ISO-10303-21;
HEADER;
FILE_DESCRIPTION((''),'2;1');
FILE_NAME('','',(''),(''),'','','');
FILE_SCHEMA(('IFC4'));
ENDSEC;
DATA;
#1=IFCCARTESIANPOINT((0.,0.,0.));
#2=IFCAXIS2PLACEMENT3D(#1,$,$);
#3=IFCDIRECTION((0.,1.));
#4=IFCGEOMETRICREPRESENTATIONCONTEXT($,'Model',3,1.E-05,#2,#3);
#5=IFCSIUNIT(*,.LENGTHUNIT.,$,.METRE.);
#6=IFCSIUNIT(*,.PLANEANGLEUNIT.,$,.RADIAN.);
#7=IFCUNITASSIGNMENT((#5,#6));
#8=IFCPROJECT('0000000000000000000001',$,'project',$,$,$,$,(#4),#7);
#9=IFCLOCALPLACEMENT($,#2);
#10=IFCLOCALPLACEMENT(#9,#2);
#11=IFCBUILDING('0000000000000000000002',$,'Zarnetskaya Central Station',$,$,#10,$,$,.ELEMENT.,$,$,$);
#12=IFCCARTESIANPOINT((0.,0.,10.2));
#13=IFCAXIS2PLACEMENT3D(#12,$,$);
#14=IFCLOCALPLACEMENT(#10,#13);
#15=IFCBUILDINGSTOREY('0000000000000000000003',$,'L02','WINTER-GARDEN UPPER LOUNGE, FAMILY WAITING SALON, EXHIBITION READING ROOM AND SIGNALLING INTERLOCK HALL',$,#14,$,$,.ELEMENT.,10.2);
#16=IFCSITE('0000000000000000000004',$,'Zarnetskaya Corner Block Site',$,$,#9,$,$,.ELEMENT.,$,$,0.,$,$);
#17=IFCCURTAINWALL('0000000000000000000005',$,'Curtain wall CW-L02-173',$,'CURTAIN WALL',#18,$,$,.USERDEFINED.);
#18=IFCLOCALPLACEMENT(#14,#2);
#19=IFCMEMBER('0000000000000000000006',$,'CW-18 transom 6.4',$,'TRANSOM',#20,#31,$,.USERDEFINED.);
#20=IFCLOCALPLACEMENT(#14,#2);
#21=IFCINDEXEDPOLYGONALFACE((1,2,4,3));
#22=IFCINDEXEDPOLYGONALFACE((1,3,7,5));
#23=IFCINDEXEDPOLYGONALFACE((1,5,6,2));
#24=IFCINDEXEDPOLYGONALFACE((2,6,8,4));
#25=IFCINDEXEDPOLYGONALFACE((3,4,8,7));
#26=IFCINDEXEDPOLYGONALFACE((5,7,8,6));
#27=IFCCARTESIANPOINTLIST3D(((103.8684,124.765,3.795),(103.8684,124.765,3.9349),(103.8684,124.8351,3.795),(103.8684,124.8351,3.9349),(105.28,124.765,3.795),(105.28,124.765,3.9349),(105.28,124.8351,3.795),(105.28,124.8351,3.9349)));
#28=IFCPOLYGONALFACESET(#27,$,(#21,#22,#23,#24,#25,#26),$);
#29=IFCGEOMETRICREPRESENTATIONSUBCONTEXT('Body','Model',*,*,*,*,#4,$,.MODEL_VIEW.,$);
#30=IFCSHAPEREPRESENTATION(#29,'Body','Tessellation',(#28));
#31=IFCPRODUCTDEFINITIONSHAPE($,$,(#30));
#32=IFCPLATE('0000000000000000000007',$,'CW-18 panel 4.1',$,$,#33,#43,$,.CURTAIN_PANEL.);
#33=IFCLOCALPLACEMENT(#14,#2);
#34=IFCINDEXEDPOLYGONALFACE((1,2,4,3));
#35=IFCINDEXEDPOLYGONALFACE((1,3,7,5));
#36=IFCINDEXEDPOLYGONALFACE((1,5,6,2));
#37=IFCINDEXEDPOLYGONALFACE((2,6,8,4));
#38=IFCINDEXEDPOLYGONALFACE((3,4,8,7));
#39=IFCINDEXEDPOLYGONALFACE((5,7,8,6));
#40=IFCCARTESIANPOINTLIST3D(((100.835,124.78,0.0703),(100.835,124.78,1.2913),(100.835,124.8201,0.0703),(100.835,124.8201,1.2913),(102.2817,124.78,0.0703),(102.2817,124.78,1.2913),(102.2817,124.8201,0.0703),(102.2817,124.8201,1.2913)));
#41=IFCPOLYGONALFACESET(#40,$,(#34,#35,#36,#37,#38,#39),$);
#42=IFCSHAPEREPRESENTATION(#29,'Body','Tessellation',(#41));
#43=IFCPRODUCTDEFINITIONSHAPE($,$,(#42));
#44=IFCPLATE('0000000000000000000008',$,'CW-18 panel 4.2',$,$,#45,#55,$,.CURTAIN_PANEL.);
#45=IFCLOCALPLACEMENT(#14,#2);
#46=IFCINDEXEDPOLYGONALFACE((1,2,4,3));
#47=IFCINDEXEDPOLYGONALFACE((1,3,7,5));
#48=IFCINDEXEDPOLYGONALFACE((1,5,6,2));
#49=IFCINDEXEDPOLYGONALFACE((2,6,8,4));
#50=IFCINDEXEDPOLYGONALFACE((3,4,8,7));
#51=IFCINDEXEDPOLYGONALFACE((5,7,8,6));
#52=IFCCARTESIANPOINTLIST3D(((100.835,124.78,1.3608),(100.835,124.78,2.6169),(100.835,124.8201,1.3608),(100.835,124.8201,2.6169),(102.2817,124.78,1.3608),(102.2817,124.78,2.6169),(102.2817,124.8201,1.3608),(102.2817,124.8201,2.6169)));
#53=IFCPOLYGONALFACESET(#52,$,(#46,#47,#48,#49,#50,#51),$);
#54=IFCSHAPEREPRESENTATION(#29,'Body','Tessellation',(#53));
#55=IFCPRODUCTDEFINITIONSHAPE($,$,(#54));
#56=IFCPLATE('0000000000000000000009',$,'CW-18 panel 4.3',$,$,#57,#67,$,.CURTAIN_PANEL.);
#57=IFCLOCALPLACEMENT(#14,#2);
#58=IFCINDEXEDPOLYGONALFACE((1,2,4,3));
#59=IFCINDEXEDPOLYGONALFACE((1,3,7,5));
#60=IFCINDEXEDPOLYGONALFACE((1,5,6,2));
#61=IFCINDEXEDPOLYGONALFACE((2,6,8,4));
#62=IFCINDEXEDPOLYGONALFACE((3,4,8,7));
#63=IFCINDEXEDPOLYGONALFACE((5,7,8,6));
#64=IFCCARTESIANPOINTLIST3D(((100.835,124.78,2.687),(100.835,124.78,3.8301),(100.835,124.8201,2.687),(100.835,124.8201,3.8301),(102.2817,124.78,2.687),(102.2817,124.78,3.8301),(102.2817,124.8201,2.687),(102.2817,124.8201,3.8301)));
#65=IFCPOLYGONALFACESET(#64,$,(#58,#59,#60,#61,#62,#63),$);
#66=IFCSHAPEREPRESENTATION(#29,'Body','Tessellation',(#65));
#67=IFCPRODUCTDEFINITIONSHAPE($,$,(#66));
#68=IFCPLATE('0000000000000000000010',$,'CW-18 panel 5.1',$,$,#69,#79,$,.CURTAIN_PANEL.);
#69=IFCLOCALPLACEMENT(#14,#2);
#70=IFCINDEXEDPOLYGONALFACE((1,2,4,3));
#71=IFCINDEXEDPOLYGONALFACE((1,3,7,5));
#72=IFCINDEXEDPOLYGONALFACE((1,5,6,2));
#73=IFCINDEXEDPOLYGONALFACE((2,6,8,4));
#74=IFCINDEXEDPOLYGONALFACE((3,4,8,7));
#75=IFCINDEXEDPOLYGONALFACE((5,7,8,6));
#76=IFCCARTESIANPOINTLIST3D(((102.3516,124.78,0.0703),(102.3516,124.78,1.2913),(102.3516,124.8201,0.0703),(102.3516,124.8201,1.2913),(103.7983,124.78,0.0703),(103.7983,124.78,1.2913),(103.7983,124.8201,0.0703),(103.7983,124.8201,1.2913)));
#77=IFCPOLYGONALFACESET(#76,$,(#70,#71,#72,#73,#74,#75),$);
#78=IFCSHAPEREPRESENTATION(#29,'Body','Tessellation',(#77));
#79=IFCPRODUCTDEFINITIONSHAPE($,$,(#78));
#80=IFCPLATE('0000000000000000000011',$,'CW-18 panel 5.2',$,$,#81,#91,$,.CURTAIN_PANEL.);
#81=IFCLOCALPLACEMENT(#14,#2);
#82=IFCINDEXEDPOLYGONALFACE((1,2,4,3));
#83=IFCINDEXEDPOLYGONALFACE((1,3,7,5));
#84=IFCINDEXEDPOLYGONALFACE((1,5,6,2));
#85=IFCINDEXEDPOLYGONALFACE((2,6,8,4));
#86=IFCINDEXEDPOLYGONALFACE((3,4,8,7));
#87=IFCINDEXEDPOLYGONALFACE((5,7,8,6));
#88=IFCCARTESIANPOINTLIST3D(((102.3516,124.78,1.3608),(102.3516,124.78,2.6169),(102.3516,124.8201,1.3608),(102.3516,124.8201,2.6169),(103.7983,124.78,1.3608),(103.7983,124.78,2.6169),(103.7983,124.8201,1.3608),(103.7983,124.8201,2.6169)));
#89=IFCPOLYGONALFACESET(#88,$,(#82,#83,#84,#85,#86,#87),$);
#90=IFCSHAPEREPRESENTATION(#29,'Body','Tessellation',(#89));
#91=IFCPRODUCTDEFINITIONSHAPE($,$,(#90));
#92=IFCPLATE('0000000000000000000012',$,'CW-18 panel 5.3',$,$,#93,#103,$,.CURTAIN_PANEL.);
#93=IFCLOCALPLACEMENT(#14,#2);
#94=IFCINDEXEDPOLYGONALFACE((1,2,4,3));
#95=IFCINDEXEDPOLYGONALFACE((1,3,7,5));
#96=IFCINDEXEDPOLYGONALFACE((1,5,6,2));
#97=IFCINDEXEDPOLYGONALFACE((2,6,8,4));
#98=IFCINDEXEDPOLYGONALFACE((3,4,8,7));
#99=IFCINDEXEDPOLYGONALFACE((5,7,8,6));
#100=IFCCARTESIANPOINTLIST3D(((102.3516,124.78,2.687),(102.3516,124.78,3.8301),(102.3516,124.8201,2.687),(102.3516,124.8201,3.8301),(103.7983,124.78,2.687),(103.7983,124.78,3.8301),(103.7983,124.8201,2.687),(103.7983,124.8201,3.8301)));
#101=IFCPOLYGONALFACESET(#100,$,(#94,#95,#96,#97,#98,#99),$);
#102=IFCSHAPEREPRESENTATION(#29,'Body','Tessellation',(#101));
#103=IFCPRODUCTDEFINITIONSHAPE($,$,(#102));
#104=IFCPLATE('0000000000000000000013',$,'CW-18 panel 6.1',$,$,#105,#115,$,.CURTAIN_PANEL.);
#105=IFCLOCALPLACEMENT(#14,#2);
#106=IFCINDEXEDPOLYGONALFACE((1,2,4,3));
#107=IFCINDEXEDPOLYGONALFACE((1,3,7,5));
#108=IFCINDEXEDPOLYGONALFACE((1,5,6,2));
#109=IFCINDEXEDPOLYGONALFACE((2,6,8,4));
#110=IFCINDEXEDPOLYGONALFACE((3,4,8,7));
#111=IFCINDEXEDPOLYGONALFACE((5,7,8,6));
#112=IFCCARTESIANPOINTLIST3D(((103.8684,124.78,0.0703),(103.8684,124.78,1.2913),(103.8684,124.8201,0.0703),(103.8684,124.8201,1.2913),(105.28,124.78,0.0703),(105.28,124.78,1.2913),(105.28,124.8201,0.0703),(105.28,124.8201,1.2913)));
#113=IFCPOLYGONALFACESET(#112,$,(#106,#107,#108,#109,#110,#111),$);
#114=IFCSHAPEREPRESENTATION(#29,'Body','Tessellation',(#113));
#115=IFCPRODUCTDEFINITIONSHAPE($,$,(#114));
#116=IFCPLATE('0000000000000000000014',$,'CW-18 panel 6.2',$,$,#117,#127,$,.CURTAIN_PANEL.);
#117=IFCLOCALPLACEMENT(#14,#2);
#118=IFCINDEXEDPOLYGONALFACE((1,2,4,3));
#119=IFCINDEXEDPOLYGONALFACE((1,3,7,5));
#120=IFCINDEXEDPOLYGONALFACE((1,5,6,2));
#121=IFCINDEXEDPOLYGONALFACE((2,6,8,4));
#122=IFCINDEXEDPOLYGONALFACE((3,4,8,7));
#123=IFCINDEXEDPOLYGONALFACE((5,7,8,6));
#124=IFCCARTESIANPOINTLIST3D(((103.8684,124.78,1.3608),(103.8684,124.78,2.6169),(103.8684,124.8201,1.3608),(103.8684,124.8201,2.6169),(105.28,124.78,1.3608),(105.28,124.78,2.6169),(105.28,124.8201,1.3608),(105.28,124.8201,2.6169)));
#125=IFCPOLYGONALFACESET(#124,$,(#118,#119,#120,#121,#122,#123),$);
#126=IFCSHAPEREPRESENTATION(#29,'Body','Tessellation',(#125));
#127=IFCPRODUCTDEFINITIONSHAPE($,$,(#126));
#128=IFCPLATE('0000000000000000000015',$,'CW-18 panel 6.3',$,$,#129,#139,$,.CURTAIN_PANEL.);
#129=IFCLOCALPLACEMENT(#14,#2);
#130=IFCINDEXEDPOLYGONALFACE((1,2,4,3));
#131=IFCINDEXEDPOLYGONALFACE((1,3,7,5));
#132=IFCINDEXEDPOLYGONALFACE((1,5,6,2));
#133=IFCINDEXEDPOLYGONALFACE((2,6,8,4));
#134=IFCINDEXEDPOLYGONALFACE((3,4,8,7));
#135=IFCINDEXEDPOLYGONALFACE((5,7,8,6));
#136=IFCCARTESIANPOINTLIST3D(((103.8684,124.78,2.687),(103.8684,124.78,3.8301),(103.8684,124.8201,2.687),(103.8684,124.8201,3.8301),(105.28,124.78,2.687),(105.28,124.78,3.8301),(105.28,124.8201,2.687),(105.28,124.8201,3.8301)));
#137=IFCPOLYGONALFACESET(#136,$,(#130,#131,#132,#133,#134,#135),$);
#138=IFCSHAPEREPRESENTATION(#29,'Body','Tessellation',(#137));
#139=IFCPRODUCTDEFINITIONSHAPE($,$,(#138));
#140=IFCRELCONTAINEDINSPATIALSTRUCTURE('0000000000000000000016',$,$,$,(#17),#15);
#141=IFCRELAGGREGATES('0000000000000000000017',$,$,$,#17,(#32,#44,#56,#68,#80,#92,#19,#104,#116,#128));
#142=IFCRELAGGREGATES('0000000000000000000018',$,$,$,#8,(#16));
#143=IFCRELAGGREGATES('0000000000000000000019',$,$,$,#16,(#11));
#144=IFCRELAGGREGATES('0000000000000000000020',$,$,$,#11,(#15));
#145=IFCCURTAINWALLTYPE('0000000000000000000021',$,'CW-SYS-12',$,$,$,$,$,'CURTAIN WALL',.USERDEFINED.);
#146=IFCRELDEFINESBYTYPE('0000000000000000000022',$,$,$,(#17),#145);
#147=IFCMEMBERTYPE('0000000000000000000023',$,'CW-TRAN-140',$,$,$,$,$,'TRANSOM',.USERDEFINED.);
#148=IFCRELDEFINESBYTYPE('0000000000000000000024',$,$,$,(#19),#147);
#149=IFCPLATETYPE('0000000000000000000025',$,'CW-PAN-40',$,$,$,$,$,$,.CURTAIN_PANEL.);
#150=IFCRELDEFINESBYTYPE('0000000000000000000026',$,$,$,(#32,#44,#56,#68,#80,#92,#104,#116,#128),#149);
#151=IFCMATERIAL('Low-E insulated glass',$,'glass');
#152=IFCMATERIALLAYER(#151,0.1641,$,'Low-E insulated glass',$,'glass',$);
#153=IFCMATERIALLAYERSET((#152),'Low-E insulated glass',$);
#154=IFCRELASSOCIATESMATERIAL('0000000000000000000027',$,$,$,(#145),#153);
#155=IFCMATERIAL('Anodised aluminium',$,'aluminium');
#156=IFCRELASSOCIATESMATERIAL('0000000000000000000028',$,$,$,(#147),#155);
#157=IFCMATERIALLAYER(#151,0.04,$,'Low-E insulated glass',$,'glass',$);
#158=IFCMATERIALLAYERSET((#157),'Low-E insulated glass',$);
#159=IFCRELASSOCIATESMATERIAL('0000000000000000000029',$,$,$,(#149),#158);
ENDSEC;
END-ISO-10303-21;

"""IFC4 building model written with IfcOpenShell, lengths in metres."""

from ifc_helpers import new_model, si_unit, direction, frame, origin, origin_2d, place, context, subcontext, project, spatial, rectangle, extrude, material, layer, layer_set, material_profile, profile_set, type_object, element, aggregate, save


model = new_model("IFC4")

# Units and contexts
model_context = context("Model", 3, precision=1e-05, world=origin(), true_north=direction((0.0, 1.0)))
body_context = subcontext(model_context, "Body", "Model", "MODEL_VIEW")
ifc_project = project(units=[si_unit("LENGTHUNIT", "METRE"), si_unit("PLANEANGLEUNIT", "RADIAN")], contexts=[model_context])

# Site, building, storey
site_placement = place(None, origin())
site = spatial("IfcSite", under=ifc_project, at=site_placement, Name="Zarnetskaya Corner Block Site", CompositionType="ELEMENT", RefElevation=0.0)
building_placement = place(site_placement, origin())
building = spatial("IfcBuilding", under=site, at=building_placement, Name="Zarnetskaya Central Station", CompositionType="ELEMENT")
storey_placement = place(building_placement, frame((0.0, 0.0, 10.2)))
storey = spatial("IfcBuildingStorey", under=building, at=storey_placement, Name="L02", Description="WINTER-GARDEN UPPER LOUNGE, FAMILY WAITING SALON, EXHIBITION READING ROOM AND SIGNALLING INTERLOCK HALL", CompositionType="ELEMENT", Elevation=10.2)

# Curtain wall, member, plates
ifc_material_1 = material(Name="Low-E insulated glass", Category="glass")
ifc_layer_1 = layer(ifc_material_1, 0.1641, Name="Low-E insulated glass", Category="glass")
ifc_layer_set_1 = layer_set([ifc_layer_1], Name="Low-E insulated glass")
curtain_wall_type = type_object("IfcCurtainWallType", Name="CW-SYS-12", ElementType="CURTAIN WALL", PredefinedType="USERDEFINED", material=ifc_layer_set_1)
curtain_wall_placement = place(storey_placement, origin())
curtain_wall = element("IfcCurtainWall", 1, at=curtain_wall_placement, inside=storey, type_object=curtain_wall_type, Name="Curtain wall CW-L02-173", ObjectType="CURTAIN WALL", PredefinedType="USERDEFINED")
ifc_material_2 = material(Name="Anodised aluminium", Category="aluminium")
ifc_material_profile_1 = material_profile(ifc_material_2, rectangle(XDim=0.0701, YDim=0.1399, at=origin_2d()), Name="ALU TRAN 70x140")
ifc_profile_set_1 = profile_set([ifc_material_profile_1], Name="Anodised aluminium")
member_type_1 = type_object("IfcMemberType", Name="CW-TRAN-140", ElementType="TRANSOM", PredefinedType="USERDEFINED", material=ifc_profile_set_1)
member_1_placement = place(storey_placement, frame((103.8684, 124.8, 3.865), z_axis=(1.0, 0.0, 0.0), x_axis=(0.0, 1.0, 0.0)))
member_1 = element("IfcMember", 2, at=member_1_placement, type_object=member_type_1, Name="CW-18 transom 6.4", ObjectType="TRANSOM", PredefinedType="USERDEFINED", context=body_context, shape_type="SweptSolid", body=[
    extrude(rectangle(XDim=0.0701, YDim=0.1399, at=origin_2d()), origin(), (0.0, 0.0, 1.0), 1.4116),
])
ifc_layer_2 = layer(ifc_material_1, 0.04, Name="Low-E insulated glass", Category="glass")
ifc_layer_set_2 = layer_set([ifc_layer_2], Name="Low-E insulated glass")
plate_type = type_object("IfcPlateType", Name="CW-PAN-40", PredefinedType="CURTAIN_PANEL", material=ifc_layer_set_2)
plate_1_placement = place(storey_placement, frame((101.5583, 124.8, 0.0703), z_axis=(0.0, 0.0, 1.0), x_axis=(1.0, 0.0, 0.0)))
plate_1 = element("IfcPlate", 3, at=plate_1_placement, type_object=plate_type, Name="CW-18 panel 4.1", PredefinedType="CURTAIN_PANEL", context=body_context, shape_type="SweptSolid", body=[
    extrude(rectangle(XDim=1.4468, YDim=0.04, at=origin_2d()), origin(), (0.0, 0.0, 1.0), 1.2209),
])
plate_2_placement = place(storey_placement, frame((101.5583, 124.8, 1.3608), z_axis=(0.0, 0.0, 1.0), x_axis=(1.0, 0.0, 0.0)))
plate_2 = element("IfcPlate", 4, at=plate_2_placement, type_object=plate_type, Name="CW-18 panel 4.2", PredefinedType="CURTAIN_PANEL", context=body_context, shape_type="SweptSolid", body=[
    extrude(rectangle(XDim=1.4468, YDim=0.04, at=origin_2d()), origin(), (0.0, 0.0, 1.0), 1.2561),
])
plate_3_placement = place(storey_placement, frame((101.5583, 124.8, 2.687), z_axis=(0.0, 0.0, 1.0), x_axis=(1.0, 0.0, 0.0)))
plate_3 = element("IfcPlate", 5, at=plate_3_placement, type_object=plate_type, Name="CW-18 panel 4.3", PredefinedType="CURTAIN_PANEL", context=body_context, shape_type="SweptSolid", body=[
    extrude(rectangle(XDim=1.4468, YDim=0.04, at=origin_2d()), origin(), (0.0, 0.0, 1.0), 1.1431),
])
plate_4_placement = place(storey_placement, frame((103.075, 124.8, 0.0703), z_axis=(0.0, 0.0, 1.0), x_axis=(1.0, 0.0, 0.0)))
plate_4 = element("IfcPlate", 6, at=plate_4_placement, type_object=plate_type, Name="CW-18 panel 5.1", PredefinedType="CURTAIN_PANEL", context=body_context, shape_type="SweptSolid", body=[
    extrude(rectangle(XDim=1.4468, YDim=0.04, at=origin_2d()), origin(), (0.0, 0.0, 1.0), 1.2209),
])
plate_5_placement = place(storey_placement, frame((103.075, 124.8, 1.3608), z_axis=(0.0, 0.0, 1.0), x_axis=(1.0, 0.0, 0.0)))
plate_5 = element("IfcPlate", 7, at=plate_5_placement, type_object=plate_type, Name="CW-18 panel 5.2", PredefinedType="CURTAIN_PANEL", context=body_context, shape_type="SweptSolid", body=[
    extrude(rectangle(XDim=1.4468, YDim=0.04, at=origin_2d()), origin(), (0.0, 0.0, 1.0), 1.2561),
])
plate_6_placement = place(storey_placement, frame((103.075, 124.8, 2.687), z_axis=(0.0, 0.0, 1.0), x_axis=(1.0, 0.0, 0.0)))
plate_6 = element("IfcPlate", 8, at=plate_6_placement, type_object=plate_type, Name="CW-18 panel 5.3", PredefinedType="CURTAIN_PANEL", context=body_context, shape_type="SweptSolid", body=[
    extrude(rectangle(XDim=1.4468, YDim=0.04, at=origin_2d()), origin(), (0.0, 0.0, 1.0), 1.1431),
])
plate_7_placement = place(storey_placement, frame((104.5742, 124.8, 0.0703), z_axis=(0.0, 0.0, 1.0), x_axis=(1.0, 0.0, 0.0)))
plate_7 = element("IfcPlate", 9, at=plate_7_placement, type_object=plate_type, Name="CW-18 panel 6.1", PredefinedType="CURTAIN_PANEL", context=body_context, shape_type="SweptSolid", body=[
    extrude(rectangle(XDim=1.4116, YDim=0.04, at=origin_2d()), origin(), (0.0, 0.0, 1.0), 1.2209),
])
plate_8_placement = place(storey_placement, frame((104.5742, 124.8, 1.3608), z_axis=(0.0, 0.0, 1.0), x_axis=(1.0, 0.0, 0.0)))
plate_8 = element("IfcPlate", 10, at=plate_8_placement, type_object=plate_type, Name="CW-18 panel 6.2", PredefinedType="CURTAIN_PANEL", context=body_context, shape_type="SweptSolid", body=[
    extrude(rectangle(XDim=1.4116, YDim=0.04, at=origin_2d()), origin(), (0.0, 0.0, 1.0), 1.2561),
])
plate_9_placement = place(storey_placement, frame((104.5742, 124.8, 2.687), z_axis=(0.0, 0.0, 1.0), x_axis=(1.0, 0.0, 0.0)))
plate_9 = element("IfcPlate", 11, at=plate_9_placement, type_object=plate_type, Name="CW-18 panel 6.3", PredefinedType="CURTAIN_PANEL", context=body_context, shape_type="SweptSolid", body=[
    extrude(rectangle(XDim=1.4116, YDim=0.04, at=origin_2d()), origin(), (0.0, 0.0, 1.0), 1.1431),
])
aggregate(curtain_wall, [plate_1, plate_2, plate_3, plate_4, plate_5, plate_6, member_1, plate_7, plate_8, plate_9])

save(model, "model.ifc")
